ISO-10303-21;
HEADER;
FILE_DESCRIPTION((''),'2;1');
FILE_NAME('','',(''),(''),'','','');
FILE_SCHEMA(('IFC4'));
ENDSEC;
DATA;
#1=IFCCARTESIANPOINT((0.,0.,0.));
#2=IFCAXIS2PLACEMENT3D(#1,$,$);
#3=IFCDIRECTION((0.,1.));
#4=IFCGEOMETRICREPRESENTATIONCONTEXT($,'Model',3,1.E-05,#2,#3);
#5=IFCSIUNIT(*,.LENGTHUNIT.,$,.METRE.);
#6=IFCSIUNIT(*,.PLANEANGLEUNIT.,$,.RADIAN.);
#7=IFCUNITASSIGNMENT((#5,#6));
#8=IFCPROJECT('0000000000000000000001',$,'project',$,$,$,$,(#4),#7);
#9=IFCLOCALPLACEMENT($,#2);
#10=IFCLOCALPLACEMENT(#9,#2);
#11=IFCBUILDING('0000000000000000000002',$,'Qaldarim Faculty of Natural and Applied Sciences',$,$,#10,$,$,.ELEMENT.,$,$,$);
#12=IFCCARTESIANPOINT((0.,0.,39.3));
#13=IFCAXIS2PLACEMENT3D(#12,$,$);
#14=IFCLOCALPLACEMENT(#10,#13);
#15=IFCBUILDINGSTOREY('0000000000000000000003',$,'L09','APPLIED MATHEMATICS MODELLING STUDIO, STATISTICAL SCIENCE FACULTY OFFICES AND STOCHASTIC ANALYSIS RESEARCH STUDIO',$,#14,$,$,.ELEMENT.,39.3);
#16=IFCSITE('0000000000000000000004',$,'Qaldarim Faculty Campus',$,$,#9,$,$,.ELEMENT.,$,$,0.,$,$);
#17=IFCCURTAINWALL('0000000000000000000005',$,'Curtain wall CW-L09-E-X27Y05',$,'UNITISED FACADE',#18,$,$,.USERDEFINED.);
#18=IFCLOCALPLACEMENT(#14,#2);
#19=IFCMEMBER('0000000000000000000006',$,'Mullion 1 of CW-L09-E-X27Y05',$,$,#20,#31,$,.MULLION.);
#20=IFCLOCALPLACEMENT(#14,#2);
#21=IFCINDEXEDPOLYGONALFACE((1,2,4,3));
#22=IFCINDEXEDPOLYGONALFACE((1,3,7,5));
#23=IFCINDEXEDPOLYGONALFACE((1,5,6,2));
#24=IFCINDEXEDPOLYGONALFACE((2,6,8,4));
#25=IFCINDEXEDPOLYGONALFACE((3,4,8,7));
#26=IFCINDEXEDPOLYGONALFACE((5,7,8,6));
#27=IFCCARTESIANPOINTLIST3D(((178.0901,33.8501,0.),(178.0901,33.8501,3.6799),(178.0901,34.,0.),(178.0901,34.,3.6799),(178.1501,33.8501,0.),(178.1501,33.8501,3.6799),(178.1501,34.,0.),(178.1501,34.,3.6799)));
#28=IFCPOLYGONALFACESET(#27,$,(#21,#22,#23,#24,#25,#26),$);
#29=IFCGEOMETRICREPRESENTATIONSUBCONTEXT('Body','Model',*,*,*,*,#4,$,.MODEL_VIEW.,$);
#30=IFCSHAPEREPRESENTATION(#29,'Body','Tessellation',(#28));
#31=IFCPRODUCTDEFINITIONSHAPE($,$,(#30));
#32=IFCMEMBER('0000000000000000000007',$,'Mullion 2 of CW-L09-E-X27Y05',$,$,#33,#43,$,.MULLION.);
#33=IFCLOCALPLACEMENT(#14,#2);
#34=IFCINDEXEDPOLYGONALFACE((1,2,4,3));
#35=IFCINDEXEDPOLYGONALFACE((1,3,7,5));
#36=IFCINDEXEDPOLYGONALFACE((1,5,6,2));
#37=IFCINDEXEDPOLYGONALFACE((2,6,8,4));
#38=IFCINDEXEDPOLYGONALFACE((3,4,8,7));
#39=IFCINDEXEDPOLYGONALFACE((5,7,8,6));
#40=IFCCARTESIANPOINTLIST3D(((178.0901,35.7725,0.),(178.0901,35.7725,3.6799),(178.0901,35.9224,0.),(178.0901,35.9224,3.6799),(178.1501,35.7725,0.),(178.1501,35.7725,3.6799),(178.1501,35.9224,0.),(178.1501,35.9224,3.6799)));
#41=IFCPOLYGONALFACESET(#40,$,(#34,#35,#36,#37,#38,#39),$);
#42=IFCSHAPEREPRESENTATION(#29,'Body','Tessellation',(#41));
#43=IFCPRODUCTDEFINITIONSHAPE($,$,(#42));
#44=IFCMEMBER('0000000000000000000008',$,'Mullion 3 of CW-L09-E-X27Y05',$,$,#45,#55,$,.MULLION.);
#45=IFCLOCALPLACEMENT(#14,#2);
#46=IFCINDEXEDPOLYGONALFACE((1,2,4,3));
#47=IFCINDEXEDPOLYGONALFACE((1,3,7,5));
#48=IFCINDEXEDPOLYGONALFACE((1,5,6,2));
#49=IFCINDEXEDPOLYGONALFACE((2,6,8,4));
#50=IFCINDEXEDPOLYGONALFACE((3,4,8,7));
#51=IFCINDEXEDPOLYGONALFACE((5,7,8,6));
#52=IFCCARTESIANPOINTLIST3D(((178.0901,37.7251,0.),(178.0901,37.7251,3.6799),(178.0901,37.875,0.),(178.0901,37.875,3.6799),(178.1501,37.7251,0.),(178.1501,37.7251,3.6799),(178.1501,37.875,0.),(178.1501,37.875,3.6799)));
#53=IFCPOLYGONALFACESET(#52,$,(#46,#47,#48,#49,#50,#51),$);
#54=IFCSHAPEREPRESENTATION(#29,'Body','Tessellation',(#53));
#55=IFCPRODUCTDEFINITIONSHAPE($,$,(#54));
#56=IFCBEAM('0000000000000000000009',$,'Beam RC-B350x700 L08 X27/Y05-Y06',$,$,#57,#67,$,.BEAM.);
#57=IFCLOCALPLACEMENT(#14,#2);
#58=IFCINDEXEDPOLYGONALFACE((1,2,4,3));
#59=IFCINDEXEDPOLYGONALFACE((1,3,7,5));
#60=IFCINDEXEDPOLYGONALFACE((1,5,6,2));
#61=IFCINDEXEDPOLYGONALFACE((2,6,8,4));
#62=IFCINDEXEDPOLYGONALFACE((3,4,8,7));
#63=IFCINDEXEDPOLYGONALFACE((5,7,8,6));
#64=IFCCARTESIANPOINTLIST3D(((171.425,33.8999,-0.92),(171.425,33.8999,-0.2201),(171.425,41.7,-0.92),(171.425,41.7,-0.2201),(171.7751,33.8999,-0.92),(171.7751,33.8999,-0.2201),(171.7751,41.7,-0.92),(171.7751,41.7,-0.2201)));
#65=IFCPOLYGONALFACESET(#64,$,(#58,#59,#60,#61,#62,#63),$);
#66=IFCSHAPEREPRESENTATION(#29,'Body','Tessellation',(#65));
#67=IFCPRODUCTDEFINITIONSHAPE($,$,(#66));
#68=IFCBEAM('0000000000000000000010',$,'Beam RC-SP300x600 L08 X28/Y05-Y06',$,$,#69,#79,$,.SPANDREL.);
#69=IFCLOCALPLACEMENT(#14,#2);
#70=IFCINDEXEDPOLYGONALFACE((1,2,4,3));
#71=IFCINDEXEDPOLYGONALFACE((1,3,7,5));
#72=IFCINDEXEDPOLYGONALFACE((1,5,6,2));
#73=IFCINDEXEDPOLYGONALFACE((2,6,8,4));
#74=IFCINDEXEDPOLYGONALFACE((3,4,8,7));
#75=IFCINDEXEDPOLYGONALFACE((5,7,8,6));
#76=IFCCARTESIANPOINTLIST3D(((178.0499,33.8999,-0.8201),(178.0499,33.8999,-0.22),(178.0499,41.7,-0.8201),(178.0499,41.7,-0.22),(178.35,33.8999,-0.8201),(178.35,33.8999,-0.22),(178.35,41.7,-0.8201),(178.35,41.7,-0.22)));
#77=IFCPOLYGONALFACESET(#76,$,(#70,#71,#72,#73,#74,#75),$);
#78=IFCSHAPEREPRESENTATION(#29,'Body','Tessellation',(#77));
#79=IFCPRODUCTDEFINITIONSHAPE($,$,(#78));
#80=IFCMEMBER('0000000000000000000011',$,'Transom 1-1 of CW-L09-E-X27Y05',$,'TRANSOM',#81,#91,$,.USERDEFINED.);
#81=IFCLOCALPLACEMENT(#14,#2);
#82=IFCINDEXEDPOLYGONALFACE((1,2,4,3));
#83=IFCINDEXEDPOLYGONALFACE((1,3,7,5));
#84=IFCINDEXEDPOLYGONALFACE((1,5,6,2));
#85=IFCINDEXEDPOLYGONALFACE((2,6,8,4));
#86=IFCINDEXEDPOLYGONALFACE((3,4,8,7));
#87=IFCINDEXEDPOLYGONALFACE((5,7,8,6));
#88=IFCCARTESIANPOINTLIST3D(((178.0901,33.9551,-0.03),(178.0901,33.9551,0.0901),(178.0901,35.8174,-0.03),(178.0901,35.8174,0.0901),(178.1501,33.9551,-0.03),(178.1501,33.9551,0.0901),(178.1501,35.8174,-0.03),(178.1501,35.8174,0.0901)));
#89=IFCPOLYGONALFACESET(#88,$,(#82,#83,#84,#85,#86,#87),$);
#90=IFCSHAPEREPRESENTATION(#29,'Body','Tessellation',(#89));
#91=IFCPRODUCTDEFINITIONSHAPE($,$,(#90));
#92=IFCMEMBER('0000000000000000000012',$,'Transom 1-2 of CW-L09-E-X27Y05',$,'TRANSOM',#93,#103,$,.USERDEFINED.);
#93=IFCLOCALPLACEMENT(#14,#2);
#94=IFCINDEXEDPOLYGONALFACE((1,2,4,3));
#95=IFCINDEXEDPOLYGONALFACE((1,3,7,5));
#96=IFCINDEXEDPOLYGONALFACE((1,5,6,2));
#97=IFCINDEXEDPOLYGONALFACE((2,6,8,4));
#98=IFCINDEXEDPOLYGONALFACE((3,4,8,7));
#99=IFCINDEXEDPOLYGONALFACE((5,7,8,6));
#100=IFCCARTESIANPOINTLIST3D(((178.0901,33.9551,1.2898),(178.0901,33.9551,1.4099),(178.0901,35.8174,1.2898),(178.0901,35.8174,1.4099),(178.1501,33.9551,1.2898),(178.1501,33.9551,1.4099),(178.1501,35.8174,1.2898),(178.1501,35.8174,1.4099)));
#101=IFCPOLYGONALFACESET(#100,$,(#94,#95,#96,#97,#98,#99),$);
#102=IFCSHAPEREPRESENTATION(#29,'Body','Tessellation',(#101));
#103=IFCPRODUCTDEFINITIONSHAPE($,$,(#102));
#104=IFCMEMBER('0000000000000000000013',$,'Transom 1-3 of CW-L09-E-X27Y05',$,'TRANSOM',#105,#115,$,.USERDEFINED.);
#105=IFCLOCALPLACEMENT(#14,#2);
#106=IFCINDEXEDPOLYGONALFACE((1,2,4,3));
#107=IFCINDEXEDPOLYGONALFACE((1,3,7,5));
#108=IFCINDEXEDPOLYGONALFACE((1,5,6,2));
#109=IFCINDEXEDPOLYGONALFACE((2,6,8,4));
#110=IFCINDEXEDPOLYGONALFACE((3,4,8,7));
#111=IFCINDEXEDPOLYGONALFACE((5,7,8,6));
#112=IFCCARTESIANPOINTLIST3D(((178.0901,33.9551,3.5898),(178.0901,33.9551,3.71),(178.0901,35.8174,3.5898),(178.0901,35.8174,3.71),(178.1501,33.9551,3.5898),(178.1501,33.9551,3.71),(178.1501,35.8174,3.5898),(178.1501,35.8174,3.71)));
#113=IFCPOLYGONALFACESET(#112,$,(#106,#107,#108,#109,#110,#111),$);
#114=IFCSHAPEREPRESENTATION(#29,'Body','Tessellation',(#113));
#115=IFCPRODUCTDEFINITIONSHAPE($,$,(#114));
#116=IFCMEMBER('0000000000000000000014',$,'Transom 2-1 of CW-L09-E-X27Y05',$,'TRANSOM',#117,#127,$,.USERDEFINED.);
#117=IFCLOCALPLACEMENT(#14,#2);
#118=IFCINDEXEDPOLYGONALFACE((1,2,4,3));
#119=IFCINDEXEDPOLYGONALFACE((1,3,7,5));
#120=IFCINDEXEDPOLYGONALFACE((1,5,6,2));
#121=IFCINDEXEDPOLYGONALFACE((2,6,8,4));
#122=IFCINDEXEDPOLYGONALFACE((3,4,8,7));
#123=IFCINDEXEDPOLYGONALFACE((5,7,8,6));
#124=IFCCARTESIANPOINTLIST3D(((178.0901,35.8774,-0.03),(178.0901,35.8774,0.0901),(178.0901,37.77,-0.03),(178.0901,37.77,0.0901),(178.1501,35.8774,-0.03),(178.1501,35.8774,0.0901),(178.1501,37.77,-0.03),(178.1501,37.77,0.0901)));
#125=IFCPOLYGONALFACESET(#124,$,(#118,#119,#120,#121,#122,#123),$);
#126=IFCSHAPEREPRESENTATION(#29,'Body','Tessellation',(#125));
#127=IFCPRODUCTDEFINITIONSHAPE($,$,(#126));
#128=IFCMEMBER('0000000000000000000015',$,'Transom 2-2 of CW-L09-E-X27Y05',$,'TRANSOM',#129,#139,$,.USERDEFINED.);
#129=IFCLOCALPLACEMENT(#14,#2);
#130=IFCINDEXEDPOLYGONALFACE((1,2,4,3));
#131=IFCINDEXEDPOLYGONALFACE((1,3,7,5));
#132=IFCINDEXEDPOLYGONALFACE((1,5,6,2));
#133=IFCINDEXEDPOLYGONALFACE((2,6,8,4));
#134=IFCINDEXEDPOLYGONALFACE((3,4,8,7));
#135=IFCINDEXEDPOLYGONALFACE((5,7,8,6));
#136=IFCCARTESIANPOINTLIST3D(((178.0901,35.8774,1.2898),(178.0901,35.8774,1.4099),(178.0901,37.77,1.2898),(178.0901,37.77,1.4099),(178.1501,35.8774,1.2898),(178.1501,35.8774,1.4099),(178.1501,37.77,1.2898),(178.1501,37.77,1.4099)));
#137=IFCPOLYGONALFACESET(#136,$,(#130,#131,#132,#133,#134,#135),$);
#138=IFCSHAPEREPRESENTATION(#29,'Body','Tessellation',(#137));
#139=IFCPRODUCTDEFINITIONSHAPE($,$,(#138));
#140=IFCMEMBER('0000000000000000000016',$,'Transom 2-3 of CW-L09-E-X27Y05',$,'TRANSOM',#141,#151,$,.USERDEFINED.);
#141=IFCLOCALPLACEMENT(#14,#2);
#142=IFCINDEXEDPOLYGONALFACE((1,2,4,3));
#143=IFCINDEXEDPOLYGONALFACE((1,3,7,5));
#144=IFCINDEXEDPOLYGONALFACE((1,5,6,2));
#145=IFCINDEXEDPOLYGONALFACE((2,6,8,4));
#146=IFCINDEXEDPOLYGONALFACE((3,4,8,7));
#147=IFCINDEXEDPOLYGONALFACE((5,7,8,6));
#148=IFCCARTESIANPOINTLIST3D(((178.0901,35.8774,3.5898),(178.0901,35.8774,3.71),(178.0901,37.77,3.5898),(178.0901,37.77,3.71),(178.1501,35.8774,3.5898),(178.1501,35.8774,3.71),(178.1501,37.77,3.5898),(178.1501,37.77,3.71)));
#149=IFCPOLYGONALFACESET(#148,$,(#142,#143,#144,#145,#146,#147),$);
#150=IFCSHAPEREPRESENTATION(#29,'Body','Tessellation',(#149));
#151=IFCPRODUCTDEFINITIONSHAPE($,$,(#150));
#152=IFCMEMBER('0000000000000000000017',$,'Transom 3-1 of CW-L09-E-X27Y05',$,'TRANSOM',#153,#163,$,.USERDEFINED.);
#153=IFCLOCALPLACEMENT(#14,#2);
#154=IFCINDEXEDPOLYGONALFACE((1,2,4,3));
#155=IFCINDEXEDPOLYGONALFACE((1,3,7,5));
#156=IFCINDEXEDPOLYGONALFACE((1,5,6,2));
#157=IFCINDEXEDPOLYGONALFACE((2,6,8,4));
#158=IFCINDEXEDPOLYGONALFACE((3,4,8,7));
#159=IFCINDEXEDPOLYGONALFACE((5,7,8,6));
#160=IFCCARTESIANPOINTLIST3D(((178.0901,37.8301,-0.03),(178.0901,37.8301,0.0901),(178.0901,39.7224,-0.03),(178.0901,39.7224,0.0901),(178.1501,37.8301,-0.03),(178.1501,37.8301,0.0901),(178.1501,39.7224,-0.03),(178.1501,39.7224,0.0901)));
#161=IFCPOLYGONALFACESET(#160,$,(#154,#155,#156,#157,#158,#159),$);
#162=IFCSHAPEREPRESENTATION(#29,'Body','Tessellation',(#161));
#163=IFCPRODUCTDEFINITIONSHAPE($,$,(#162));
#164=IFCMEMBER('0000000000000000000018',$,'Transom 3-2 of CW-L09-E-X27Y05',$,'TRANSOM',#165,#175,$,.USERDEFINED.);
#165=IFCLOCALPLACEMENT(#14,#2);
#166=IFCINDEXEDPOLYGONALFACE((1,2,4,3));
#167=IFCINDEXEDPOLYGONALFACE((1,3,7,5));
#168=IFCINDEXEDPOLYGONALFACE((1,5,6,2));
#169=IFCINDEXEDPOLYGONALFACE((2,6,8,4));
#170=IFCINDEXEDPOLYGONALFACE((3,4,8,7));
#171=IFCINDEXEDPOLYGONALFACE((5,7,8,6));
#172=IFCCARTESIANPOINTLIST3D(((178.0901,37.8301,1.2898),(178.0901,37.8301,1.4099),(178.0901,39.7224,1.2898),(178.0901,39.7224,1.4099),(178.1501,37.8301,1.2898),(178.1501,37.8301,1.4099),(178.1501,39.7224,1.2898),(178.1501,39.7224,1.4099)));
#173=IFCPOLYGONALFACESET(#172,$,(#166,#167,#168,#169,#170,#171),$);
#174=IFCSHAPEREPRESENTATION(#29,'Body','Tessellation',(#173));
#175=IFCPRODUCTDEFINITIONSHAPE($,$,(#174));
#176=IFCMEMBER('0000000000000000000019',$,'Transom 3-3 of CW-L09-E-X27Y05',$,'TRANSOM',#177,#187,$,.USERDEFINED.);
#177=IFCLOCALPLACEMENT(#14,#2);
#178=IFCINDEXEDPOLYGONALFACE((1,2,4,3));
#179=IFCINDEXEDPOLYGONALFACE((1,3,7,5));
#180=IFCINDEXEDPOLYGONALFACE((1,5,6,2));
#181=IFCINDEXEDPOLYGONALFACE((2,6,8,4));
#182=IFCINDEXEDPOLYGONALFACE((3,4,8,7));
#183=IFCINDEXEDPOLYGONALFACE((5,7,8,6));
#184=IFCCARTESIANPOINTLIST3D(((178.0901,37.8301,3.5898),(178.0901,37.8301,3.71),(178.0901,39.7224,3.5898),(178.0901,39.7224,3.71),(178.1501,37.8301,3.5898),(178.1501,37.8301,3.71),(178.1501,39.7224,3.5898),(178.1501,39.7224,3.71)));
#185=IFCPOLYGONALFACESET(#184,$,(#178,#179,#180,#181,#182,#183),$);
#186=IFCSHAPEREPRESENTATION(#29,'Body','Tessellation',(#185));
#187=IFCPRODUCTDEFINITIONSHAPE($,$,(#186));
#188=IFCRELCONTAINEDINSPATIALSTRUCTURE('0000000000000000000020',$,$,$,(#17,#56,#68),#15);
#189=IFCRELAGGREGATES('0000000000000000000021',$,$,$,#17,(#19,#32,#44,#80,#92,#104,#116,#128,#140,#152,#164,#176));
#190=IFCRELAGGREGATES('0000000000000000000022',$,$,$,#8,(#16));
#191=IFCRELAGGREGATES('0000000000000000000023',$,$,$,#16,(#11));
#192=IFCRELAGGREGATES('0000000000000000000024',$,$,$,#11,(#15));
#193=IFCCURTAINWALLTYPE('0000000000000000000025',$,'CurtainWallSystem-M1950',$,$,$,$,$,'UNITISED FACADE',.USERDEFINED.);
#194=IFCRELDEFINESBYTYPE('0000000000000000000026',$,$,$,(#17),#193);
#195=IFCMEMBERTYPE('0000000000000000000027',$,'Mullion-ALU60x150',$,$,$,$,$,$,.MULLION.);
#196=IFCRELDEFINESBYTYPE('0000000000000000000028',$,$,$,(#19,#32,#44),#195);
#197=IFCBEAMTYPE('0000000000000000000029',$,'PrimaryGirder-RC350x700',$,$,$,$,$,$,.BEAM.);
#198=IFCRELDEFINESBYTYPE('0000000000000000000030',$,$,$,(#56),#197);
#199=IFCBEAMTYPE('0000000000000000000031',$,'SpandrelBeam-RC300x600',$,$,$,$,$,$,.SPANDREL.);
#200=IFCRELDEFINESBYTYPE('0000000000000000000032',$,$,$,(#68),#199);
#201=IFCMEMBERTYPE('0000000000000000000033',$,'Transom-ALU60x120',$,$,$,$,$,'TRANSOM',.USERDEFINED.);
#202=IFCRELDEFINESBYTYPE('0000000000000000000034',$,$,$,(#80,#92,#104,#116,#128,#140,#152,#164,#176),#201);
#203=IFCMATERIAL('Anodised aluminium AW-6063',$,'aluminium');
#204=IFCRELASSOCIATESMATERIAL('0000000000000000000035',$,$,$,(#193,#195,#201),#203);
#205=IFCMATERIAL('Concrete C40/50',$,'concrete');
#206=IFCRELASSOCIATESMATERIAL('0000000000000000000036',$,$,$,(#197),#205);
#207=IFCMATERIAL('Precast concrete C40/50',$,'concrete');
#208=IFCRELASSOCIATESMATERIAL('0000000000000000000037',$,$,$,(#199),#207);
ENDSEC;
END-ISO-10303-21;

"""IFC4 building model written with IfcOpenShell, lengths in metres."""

from ifc_helpers import new_model, si_unit, direction, frame, origin, origin_2d, place, context, subcontext, project, spatial, rectangle, extrude, material, material_profile, profile_set, type_object, element, aggregate, save


model = new_model("IFC4")

# Units and contexts
model_context = context("Model", 3, precision=1e-05, world=origin(), true_north=direction((0.0, 1.0)))
body_context = subcontext(model_context, "Body", "Model", "MODEL_VIEW")
ifc_project = project(units=[si_unit("LENGTHUNIT", "METRE"), si_unit("PLANEANGLEUNIT", "RADIAN")], contexts=[model_context])

# Site, building, storey
site_placement = place(None, origin())
site = spatial("IfcSite", under=ifc_project, at=site_placement, Name="Qaldarim Faculty Campus", CompositionType="ELEMENT", RefElevation=0.0)
building_placement = place(site_placement, origin())
building = spatial("IfcBuilding", under=site, at=building_placement, Name="Qaldarim Faculty of Natural and Applied Sciences", CompositionType="ELEMENT")
storey_placement = place(building_placement, frame((0.0, 0.0, 39.3)))
storey = spatial("IfcBuildingStorey", under=building, at=storey_placement, Name="L09", Description="APPLIED MATHEMATICS MODELLING STUDIO, STATISTICAL SCIENCE FACULTY OFFICES AND STOCHASTIC ANALYSIS RESEARCH STUDIO", CompositionType="ELEMENT", Elevation=39.3)

# Curtain wall, members
ifc_material_1 = material(Name="Anodised aluminium AW-6063", Category="aluminium")
curtain_wall_type = type_object("IfcCurtainWallType", Name="CurtainWallSystem-M1950", ElementType="UNITISED FACADE", PredefinedType="USERDEFINED", material=ifc_material_1)
curtain_wall_placement = place(storey_placement, origin())
curtain_wall = element("IfcCurtainWall", 1, at=curtain_wall_placement, inside=storey, type_object=curtain_wall_type, Name="Curtain wall CW-L09-E-X27Y05", ObjectType="UNITISED FACADE", PredefinedType="USERDEFINED")
ifc_material_profile_1 = material_profile(ifc_material_1, rectangle(XDim=0.0601, YDim=0.1499, at=origin_2d()), Name="ALU-M60x150")
ifc_profile_set_1 = profile_set([ifc_material_profile_1], Name="Anodised aluminium AW-6063")
member_type_1 = type_object("IfcMemberType", Name="Mullion-ALU60x150", PredefinedType="MULLION", material=ifc_profile_set_1)
member_1_placement = place(storey_placement, frame((178.1201, 33.925, 0.0), z_axis=(0.0, 0.0, 1.0), x_axis=(-1.0, 0.0, 0.0)))
member_1 = element("IfcMember", 2, at=member_1_placement, type_object=member_type_1, Name="Mullion 1 of CW-L09-E-X27Y05", PredefinedType="MULLION", context=body_context, shape_type="SweptSolid", body=[
    extrude(rectangle(XDim=0.0601, YDim=0.1499, at=origin_2d()), origin(), (0.0, 0.0, 1.0), 3.6799),
])
member_2_placement = place(storey_placement, frame((178.1201, 35.8474, 0.0), z_axis=(0.0, 0.0, 1.0), x_axis=(-1.0, 0.0, 0.0)))
member_2 = element("IfcMember", 3, at=member_2_placement, type_object=member_type_1, Name="Mullion 2 of CW-L09-E-X27Y05", PredefinedType="MULLION", context=body_context, shape_type="SweptSolid", body=[
    extrude(rectangle(XDim=0.0601, YDim=0.1499, at=origin_2d()), origin(), (0.0, 0.0, 1.0), 3.6799),
])
member_3_placement = place(storey_placement, frame((178.1201, 37.8, 0.0), z_axis=(0.0, 0.0, 1.0), x_axis=(-1.0, 0.0, 0.0)))
member_3 = element("IfcMember", 4, at=member_3_placement, type_object=member_type_1, Name="Mullion 3 of CW-L09-E-X27Y05", PredefinedType="MULLION", context=body_context, shape_type="SweptSolid", body=[
    extrude(rectangle(XDim=0.0601, YDim=0.1499, at=origin_2d()), origin(), (0.0, 0.0, 1.0), 3.6799),
])

# Beams
ifc_material_2 = material(Name="Concrete C40/50", Category="concrete")
ifc_material_profile_2 = material_profile(ifc_material_2, rectangle(XDim=0.3501, YDim=0.7, at=origin_2d()), Name="RC-B350x700")
ifc_profile_set_2 = profile_set([ifc_material_profile_2], Name="Concrete C40/50")
beam_type_1 = type_object("IfcBeamType", Name="PrimaryGirder-RC350x700", PredefinedType="BEAM", material=ifc_profile_set_2)
beam_1_placement = place(storey_placement, frame((171.6001, 33.8999, -0.5701), z_axis=(0.0, 1.0, 0.0), x_axis=(-1.0, 0.0, 0.0)))
element("IfcBeam", 5, at=beam_1_placement, inside=storey, type_object=beam_type_1, Name="Beam RC-B350x700 L08 X27/Y05-Y06", PredefinedType="BEAM", context=body_context, shape_type="SweptSolid", body=[
    extrude(rectangle(XDim=0.3501, YDim=0.7, at=origin_2d()), origin(), (0.0, 0.0, 1.0), 7.8),
])
ifc_material_3 = material(Name="Precast concrete C40/50", Category="concrete")
ifc_material_profile_3 = material_profile(ifc_material_3, rectangle(XDim=0.3, YDim=0.6001, at=origin_2d()), Name="RC-SP300x600")
ifc_profile_set_3 = profile_set([ifc_material_profile_3], Name="Precast concrete C40/50")
beam_type_2 = type_object("IfcBeamType", Name="SpandrelBeam-RC300x600", PredefinedType="SPANDREL", material=ifc_profile_set_3)
beam_2_placement = place(storey_placement, frame((178.2, 33.8999, -0.52), z_axis=(0.0, 1.0, 0.0), x_axis=(-1.0, 0.0, 0.0)))
element("IfcBeam", 6, at=beam_2_placement, inside=storey, type_object=beam_type_2, Name="Beam RC-SP300x600 L08 X28/Y05-Y06", PredefinedType="SPANDREL", context=body_context, shape_type="SweptSolid", body=[
    extrude(rectangle(XDim=0.3, YDim=0.6001, at=origin_2d()), origin(), (0.0, 0.0, 1.0), 7.8),
])

# Members
ifc_material_profile_4 = material_profile(ifc_material_1, rectangle(XDim=0.0601, YDim=0.1201, at=origin_2d()), Name="ALU-T60x120")
ifc_profile_set_4 = profile_set([ifc_material_profile_4], Name="Anodised aluminium AW-6063")
member_type_2 = type_object("IfcMemberType", Name="Transom-ALU60x120", ElementType="TRANSOM", PredefinedType="USERDEFINED", material=ifc_profile_set_4)
member_4_placement = place(storey_placement, frame((178.1201, 33.9551, 0.03), z_axis=(0.0, 1.0, 0.0), x_axis=(-1.0, 0.0, 0.0)))
member_4 = element("IfcMember", 7, at=member_4_placement, type_object=member_type_2, Name="Transom 1-1 of CW-L09-E-X27Y05", ObjectType="TRANSOM", PredefinedType="USERDEFINED", context=body_context, shape_type="SweptSolid", body=[
    extrude(rectangle(XDim=0.0601, YDim=0.1201, at=origin_2d()), origin(), (0.0, 0.0, 1.0), 1.8623),
])
member_5_placement = place(storey_placement, frame((178.1201, 33.9551, 1.3499), z_axis=(0.0, 1.0, 0.0), x_axis=(-1.0, 0.0, 0.0)))
member_5 = element("IfcMember", 8, at=member_5_placement, type_object=member_type_2, Name="Transom 1-2 of CW-L09-E-X27Y05", ObjectType="TRANSOM", PredefinedType="USERDEFINED", context=body_context, shape_type="SweptSolid", body=[
    extrude(rectangle(XDim=0.0601, YDim=0.1201, at=origin_2d()), origin(), (0.0, 0.0, 1.0), 1.8623),
])
member_6_placement = place(storey_placement, frame((178.1201, 33.9551, 3.6499), z_axis=(0.0, 1.0, 0.0), x_axis=(-1.0, 0.0, 0.0)))
member_6 = element("IfcMember", 9, at=member_6_placement, type_object=member_type_2, Name="Transom 1-3 of CW-L09-E-X27Y05", ObjectType="TRANSOM", PredefinedType="USERDEFINED", context=body_context, shape_type="SweptSolid", body=[
    extrude(rectangle(XDim=0.0601, YDim=0.1201, at=origin_2d()), origin(), (0.0, 0.0, 1.0), 1.8623),
])
member_7_placement = place(storey_placement, frame((178.1201, 35.8774, 0.03), z_axis=(0.0, 1.0, 0.0), x_axis=(-1.0, 0.0, 0.0)))
member_7 = element("IfcMember", 10, at=member_7_placement, type_object=member_type_2, Name="Transom 2-1 of CW-L09-E-X27Y05", ObjectType="TRANSOM", PredefinedType="USERDEFINED", context=body_context, shape_type="SweptSolid", body=[
    extrude(rectangle(XDim=0.0601, YDim=0.1201, at=origin_2d()), origin(), (0.0, 0.0, 1.0), 1.8926),
])
member_8_placement = place(storey_placement, frame((178.1201, 35.8774, 1.3499), z_axis=(0.0, 1.0, 0.0), x_axis=(-1.0, 0.0, 0.0)))
member_8 = element("IfcMember", 11, at=member_8_placement, type_object=member_type_2, Name="Transom 2-2 of CW-L09-E-X27Y05", ObjectType="TRANSOM", PredefinedType="USERDEFINED", context=body_context, shape_type="SweptSolid", body=[
    extrude(rectangle(XDim=0.0601, YDim=0.1201, at=origin_2d()), origin(), (0.0, 0.0, 1.0), 1.8926),
])
member_9_placement = place(storey_placement, frame((178.1201, 35.8774, 3.6499), z_axis=(0.0, 1.0, 0.0), x_axis=(-1.0, 0.0, 0.0)))
member_9 = element("IfcMember", 12, at=member_9_placement, type_object=member_type_2, Name="Transom 2-3 of CW-L09-E-X27Y05", ObjectType="TRANSOM", PredefinedType="USERDEFINED", context=body_context, shape_type="SweptSolid", body=[
    extrude(rectangle(XDim=0.0601, YDim=0.1201, at=origin_2d()), origin(), (0.0, 0.0, 1.0), 1.8926),
])
member_10_placement = place(storey_placement, frame((178.1201, 37.8301, 0.03), z_axis=(0.0, 1.0, 0.0), x_axis=(-1.0, 0.0, 0.0)))
member_10 = element("IfcMember", 13, at=member_10_placement, type_object=member_type_2, Name="Transom 3-1 of CW-L09-E-X27Y05", ObjectType="TRANSOM", PredefinedType="USERDEFINED", context=body_context, shape_type="SweptSolid", body=[
    extrude(rectangle(XDim=0.0601, YDim=0.1201, at=origin_2d()), origin(), (0.0, 0.0, 1.0), 1.8923),
])
member_11_placement = place(storey_placement, frame((178.1201, 37.8301, 1.3499), z_axis=(0.0, 1.0, 0.0), x_axis=(-1.0, 0.0, 0.0)))
member_11 = element("IfcMember", 14, at=member_11_placement, type_object=member_type_2, Name="Transom 3-2 of CW-L09-E-X27Y05", ObjectType="TRANSOM", PredefinedType="USERDEFINED", context=body_context, shape_type="SweptSolid", body=[
    extrude(rectangle(XDim=0.0601, YDim=0.1201, at=origin_2d()), origin(), (0.0, 0.0, 1.0), 1.8923),
])
member_12_placement = place(storey_placement, frame((178.1201, 37.8301, 3.6499), z_axis=(0.0, 1.0, 0.0), x_axis=(-1.0, 0.0, 0.0)))
member_12 = element("IfcMember", 15, at=member_12_placement, type_object=member_type_2, Name="Transom 3-3 of CW-L09-E-X27Y05", ObjectType="TRANSOM", PredefinedType="USERDEFINED", context=body_context, shape_type="SweptSolid", body=[
    extrude(rectangle(XDim=0.0601, YDim=0.1201, at=origin_2d()), origin(), (0.0, 0.0, 1.0), 1.8923),
])

aggregate(curtain_wall, [member_1, member_2, member_3, member_4, member_5, member_6, member_7, member_8, member_9, member_10, member_11, member_12])

save(model, "model.ifc")
